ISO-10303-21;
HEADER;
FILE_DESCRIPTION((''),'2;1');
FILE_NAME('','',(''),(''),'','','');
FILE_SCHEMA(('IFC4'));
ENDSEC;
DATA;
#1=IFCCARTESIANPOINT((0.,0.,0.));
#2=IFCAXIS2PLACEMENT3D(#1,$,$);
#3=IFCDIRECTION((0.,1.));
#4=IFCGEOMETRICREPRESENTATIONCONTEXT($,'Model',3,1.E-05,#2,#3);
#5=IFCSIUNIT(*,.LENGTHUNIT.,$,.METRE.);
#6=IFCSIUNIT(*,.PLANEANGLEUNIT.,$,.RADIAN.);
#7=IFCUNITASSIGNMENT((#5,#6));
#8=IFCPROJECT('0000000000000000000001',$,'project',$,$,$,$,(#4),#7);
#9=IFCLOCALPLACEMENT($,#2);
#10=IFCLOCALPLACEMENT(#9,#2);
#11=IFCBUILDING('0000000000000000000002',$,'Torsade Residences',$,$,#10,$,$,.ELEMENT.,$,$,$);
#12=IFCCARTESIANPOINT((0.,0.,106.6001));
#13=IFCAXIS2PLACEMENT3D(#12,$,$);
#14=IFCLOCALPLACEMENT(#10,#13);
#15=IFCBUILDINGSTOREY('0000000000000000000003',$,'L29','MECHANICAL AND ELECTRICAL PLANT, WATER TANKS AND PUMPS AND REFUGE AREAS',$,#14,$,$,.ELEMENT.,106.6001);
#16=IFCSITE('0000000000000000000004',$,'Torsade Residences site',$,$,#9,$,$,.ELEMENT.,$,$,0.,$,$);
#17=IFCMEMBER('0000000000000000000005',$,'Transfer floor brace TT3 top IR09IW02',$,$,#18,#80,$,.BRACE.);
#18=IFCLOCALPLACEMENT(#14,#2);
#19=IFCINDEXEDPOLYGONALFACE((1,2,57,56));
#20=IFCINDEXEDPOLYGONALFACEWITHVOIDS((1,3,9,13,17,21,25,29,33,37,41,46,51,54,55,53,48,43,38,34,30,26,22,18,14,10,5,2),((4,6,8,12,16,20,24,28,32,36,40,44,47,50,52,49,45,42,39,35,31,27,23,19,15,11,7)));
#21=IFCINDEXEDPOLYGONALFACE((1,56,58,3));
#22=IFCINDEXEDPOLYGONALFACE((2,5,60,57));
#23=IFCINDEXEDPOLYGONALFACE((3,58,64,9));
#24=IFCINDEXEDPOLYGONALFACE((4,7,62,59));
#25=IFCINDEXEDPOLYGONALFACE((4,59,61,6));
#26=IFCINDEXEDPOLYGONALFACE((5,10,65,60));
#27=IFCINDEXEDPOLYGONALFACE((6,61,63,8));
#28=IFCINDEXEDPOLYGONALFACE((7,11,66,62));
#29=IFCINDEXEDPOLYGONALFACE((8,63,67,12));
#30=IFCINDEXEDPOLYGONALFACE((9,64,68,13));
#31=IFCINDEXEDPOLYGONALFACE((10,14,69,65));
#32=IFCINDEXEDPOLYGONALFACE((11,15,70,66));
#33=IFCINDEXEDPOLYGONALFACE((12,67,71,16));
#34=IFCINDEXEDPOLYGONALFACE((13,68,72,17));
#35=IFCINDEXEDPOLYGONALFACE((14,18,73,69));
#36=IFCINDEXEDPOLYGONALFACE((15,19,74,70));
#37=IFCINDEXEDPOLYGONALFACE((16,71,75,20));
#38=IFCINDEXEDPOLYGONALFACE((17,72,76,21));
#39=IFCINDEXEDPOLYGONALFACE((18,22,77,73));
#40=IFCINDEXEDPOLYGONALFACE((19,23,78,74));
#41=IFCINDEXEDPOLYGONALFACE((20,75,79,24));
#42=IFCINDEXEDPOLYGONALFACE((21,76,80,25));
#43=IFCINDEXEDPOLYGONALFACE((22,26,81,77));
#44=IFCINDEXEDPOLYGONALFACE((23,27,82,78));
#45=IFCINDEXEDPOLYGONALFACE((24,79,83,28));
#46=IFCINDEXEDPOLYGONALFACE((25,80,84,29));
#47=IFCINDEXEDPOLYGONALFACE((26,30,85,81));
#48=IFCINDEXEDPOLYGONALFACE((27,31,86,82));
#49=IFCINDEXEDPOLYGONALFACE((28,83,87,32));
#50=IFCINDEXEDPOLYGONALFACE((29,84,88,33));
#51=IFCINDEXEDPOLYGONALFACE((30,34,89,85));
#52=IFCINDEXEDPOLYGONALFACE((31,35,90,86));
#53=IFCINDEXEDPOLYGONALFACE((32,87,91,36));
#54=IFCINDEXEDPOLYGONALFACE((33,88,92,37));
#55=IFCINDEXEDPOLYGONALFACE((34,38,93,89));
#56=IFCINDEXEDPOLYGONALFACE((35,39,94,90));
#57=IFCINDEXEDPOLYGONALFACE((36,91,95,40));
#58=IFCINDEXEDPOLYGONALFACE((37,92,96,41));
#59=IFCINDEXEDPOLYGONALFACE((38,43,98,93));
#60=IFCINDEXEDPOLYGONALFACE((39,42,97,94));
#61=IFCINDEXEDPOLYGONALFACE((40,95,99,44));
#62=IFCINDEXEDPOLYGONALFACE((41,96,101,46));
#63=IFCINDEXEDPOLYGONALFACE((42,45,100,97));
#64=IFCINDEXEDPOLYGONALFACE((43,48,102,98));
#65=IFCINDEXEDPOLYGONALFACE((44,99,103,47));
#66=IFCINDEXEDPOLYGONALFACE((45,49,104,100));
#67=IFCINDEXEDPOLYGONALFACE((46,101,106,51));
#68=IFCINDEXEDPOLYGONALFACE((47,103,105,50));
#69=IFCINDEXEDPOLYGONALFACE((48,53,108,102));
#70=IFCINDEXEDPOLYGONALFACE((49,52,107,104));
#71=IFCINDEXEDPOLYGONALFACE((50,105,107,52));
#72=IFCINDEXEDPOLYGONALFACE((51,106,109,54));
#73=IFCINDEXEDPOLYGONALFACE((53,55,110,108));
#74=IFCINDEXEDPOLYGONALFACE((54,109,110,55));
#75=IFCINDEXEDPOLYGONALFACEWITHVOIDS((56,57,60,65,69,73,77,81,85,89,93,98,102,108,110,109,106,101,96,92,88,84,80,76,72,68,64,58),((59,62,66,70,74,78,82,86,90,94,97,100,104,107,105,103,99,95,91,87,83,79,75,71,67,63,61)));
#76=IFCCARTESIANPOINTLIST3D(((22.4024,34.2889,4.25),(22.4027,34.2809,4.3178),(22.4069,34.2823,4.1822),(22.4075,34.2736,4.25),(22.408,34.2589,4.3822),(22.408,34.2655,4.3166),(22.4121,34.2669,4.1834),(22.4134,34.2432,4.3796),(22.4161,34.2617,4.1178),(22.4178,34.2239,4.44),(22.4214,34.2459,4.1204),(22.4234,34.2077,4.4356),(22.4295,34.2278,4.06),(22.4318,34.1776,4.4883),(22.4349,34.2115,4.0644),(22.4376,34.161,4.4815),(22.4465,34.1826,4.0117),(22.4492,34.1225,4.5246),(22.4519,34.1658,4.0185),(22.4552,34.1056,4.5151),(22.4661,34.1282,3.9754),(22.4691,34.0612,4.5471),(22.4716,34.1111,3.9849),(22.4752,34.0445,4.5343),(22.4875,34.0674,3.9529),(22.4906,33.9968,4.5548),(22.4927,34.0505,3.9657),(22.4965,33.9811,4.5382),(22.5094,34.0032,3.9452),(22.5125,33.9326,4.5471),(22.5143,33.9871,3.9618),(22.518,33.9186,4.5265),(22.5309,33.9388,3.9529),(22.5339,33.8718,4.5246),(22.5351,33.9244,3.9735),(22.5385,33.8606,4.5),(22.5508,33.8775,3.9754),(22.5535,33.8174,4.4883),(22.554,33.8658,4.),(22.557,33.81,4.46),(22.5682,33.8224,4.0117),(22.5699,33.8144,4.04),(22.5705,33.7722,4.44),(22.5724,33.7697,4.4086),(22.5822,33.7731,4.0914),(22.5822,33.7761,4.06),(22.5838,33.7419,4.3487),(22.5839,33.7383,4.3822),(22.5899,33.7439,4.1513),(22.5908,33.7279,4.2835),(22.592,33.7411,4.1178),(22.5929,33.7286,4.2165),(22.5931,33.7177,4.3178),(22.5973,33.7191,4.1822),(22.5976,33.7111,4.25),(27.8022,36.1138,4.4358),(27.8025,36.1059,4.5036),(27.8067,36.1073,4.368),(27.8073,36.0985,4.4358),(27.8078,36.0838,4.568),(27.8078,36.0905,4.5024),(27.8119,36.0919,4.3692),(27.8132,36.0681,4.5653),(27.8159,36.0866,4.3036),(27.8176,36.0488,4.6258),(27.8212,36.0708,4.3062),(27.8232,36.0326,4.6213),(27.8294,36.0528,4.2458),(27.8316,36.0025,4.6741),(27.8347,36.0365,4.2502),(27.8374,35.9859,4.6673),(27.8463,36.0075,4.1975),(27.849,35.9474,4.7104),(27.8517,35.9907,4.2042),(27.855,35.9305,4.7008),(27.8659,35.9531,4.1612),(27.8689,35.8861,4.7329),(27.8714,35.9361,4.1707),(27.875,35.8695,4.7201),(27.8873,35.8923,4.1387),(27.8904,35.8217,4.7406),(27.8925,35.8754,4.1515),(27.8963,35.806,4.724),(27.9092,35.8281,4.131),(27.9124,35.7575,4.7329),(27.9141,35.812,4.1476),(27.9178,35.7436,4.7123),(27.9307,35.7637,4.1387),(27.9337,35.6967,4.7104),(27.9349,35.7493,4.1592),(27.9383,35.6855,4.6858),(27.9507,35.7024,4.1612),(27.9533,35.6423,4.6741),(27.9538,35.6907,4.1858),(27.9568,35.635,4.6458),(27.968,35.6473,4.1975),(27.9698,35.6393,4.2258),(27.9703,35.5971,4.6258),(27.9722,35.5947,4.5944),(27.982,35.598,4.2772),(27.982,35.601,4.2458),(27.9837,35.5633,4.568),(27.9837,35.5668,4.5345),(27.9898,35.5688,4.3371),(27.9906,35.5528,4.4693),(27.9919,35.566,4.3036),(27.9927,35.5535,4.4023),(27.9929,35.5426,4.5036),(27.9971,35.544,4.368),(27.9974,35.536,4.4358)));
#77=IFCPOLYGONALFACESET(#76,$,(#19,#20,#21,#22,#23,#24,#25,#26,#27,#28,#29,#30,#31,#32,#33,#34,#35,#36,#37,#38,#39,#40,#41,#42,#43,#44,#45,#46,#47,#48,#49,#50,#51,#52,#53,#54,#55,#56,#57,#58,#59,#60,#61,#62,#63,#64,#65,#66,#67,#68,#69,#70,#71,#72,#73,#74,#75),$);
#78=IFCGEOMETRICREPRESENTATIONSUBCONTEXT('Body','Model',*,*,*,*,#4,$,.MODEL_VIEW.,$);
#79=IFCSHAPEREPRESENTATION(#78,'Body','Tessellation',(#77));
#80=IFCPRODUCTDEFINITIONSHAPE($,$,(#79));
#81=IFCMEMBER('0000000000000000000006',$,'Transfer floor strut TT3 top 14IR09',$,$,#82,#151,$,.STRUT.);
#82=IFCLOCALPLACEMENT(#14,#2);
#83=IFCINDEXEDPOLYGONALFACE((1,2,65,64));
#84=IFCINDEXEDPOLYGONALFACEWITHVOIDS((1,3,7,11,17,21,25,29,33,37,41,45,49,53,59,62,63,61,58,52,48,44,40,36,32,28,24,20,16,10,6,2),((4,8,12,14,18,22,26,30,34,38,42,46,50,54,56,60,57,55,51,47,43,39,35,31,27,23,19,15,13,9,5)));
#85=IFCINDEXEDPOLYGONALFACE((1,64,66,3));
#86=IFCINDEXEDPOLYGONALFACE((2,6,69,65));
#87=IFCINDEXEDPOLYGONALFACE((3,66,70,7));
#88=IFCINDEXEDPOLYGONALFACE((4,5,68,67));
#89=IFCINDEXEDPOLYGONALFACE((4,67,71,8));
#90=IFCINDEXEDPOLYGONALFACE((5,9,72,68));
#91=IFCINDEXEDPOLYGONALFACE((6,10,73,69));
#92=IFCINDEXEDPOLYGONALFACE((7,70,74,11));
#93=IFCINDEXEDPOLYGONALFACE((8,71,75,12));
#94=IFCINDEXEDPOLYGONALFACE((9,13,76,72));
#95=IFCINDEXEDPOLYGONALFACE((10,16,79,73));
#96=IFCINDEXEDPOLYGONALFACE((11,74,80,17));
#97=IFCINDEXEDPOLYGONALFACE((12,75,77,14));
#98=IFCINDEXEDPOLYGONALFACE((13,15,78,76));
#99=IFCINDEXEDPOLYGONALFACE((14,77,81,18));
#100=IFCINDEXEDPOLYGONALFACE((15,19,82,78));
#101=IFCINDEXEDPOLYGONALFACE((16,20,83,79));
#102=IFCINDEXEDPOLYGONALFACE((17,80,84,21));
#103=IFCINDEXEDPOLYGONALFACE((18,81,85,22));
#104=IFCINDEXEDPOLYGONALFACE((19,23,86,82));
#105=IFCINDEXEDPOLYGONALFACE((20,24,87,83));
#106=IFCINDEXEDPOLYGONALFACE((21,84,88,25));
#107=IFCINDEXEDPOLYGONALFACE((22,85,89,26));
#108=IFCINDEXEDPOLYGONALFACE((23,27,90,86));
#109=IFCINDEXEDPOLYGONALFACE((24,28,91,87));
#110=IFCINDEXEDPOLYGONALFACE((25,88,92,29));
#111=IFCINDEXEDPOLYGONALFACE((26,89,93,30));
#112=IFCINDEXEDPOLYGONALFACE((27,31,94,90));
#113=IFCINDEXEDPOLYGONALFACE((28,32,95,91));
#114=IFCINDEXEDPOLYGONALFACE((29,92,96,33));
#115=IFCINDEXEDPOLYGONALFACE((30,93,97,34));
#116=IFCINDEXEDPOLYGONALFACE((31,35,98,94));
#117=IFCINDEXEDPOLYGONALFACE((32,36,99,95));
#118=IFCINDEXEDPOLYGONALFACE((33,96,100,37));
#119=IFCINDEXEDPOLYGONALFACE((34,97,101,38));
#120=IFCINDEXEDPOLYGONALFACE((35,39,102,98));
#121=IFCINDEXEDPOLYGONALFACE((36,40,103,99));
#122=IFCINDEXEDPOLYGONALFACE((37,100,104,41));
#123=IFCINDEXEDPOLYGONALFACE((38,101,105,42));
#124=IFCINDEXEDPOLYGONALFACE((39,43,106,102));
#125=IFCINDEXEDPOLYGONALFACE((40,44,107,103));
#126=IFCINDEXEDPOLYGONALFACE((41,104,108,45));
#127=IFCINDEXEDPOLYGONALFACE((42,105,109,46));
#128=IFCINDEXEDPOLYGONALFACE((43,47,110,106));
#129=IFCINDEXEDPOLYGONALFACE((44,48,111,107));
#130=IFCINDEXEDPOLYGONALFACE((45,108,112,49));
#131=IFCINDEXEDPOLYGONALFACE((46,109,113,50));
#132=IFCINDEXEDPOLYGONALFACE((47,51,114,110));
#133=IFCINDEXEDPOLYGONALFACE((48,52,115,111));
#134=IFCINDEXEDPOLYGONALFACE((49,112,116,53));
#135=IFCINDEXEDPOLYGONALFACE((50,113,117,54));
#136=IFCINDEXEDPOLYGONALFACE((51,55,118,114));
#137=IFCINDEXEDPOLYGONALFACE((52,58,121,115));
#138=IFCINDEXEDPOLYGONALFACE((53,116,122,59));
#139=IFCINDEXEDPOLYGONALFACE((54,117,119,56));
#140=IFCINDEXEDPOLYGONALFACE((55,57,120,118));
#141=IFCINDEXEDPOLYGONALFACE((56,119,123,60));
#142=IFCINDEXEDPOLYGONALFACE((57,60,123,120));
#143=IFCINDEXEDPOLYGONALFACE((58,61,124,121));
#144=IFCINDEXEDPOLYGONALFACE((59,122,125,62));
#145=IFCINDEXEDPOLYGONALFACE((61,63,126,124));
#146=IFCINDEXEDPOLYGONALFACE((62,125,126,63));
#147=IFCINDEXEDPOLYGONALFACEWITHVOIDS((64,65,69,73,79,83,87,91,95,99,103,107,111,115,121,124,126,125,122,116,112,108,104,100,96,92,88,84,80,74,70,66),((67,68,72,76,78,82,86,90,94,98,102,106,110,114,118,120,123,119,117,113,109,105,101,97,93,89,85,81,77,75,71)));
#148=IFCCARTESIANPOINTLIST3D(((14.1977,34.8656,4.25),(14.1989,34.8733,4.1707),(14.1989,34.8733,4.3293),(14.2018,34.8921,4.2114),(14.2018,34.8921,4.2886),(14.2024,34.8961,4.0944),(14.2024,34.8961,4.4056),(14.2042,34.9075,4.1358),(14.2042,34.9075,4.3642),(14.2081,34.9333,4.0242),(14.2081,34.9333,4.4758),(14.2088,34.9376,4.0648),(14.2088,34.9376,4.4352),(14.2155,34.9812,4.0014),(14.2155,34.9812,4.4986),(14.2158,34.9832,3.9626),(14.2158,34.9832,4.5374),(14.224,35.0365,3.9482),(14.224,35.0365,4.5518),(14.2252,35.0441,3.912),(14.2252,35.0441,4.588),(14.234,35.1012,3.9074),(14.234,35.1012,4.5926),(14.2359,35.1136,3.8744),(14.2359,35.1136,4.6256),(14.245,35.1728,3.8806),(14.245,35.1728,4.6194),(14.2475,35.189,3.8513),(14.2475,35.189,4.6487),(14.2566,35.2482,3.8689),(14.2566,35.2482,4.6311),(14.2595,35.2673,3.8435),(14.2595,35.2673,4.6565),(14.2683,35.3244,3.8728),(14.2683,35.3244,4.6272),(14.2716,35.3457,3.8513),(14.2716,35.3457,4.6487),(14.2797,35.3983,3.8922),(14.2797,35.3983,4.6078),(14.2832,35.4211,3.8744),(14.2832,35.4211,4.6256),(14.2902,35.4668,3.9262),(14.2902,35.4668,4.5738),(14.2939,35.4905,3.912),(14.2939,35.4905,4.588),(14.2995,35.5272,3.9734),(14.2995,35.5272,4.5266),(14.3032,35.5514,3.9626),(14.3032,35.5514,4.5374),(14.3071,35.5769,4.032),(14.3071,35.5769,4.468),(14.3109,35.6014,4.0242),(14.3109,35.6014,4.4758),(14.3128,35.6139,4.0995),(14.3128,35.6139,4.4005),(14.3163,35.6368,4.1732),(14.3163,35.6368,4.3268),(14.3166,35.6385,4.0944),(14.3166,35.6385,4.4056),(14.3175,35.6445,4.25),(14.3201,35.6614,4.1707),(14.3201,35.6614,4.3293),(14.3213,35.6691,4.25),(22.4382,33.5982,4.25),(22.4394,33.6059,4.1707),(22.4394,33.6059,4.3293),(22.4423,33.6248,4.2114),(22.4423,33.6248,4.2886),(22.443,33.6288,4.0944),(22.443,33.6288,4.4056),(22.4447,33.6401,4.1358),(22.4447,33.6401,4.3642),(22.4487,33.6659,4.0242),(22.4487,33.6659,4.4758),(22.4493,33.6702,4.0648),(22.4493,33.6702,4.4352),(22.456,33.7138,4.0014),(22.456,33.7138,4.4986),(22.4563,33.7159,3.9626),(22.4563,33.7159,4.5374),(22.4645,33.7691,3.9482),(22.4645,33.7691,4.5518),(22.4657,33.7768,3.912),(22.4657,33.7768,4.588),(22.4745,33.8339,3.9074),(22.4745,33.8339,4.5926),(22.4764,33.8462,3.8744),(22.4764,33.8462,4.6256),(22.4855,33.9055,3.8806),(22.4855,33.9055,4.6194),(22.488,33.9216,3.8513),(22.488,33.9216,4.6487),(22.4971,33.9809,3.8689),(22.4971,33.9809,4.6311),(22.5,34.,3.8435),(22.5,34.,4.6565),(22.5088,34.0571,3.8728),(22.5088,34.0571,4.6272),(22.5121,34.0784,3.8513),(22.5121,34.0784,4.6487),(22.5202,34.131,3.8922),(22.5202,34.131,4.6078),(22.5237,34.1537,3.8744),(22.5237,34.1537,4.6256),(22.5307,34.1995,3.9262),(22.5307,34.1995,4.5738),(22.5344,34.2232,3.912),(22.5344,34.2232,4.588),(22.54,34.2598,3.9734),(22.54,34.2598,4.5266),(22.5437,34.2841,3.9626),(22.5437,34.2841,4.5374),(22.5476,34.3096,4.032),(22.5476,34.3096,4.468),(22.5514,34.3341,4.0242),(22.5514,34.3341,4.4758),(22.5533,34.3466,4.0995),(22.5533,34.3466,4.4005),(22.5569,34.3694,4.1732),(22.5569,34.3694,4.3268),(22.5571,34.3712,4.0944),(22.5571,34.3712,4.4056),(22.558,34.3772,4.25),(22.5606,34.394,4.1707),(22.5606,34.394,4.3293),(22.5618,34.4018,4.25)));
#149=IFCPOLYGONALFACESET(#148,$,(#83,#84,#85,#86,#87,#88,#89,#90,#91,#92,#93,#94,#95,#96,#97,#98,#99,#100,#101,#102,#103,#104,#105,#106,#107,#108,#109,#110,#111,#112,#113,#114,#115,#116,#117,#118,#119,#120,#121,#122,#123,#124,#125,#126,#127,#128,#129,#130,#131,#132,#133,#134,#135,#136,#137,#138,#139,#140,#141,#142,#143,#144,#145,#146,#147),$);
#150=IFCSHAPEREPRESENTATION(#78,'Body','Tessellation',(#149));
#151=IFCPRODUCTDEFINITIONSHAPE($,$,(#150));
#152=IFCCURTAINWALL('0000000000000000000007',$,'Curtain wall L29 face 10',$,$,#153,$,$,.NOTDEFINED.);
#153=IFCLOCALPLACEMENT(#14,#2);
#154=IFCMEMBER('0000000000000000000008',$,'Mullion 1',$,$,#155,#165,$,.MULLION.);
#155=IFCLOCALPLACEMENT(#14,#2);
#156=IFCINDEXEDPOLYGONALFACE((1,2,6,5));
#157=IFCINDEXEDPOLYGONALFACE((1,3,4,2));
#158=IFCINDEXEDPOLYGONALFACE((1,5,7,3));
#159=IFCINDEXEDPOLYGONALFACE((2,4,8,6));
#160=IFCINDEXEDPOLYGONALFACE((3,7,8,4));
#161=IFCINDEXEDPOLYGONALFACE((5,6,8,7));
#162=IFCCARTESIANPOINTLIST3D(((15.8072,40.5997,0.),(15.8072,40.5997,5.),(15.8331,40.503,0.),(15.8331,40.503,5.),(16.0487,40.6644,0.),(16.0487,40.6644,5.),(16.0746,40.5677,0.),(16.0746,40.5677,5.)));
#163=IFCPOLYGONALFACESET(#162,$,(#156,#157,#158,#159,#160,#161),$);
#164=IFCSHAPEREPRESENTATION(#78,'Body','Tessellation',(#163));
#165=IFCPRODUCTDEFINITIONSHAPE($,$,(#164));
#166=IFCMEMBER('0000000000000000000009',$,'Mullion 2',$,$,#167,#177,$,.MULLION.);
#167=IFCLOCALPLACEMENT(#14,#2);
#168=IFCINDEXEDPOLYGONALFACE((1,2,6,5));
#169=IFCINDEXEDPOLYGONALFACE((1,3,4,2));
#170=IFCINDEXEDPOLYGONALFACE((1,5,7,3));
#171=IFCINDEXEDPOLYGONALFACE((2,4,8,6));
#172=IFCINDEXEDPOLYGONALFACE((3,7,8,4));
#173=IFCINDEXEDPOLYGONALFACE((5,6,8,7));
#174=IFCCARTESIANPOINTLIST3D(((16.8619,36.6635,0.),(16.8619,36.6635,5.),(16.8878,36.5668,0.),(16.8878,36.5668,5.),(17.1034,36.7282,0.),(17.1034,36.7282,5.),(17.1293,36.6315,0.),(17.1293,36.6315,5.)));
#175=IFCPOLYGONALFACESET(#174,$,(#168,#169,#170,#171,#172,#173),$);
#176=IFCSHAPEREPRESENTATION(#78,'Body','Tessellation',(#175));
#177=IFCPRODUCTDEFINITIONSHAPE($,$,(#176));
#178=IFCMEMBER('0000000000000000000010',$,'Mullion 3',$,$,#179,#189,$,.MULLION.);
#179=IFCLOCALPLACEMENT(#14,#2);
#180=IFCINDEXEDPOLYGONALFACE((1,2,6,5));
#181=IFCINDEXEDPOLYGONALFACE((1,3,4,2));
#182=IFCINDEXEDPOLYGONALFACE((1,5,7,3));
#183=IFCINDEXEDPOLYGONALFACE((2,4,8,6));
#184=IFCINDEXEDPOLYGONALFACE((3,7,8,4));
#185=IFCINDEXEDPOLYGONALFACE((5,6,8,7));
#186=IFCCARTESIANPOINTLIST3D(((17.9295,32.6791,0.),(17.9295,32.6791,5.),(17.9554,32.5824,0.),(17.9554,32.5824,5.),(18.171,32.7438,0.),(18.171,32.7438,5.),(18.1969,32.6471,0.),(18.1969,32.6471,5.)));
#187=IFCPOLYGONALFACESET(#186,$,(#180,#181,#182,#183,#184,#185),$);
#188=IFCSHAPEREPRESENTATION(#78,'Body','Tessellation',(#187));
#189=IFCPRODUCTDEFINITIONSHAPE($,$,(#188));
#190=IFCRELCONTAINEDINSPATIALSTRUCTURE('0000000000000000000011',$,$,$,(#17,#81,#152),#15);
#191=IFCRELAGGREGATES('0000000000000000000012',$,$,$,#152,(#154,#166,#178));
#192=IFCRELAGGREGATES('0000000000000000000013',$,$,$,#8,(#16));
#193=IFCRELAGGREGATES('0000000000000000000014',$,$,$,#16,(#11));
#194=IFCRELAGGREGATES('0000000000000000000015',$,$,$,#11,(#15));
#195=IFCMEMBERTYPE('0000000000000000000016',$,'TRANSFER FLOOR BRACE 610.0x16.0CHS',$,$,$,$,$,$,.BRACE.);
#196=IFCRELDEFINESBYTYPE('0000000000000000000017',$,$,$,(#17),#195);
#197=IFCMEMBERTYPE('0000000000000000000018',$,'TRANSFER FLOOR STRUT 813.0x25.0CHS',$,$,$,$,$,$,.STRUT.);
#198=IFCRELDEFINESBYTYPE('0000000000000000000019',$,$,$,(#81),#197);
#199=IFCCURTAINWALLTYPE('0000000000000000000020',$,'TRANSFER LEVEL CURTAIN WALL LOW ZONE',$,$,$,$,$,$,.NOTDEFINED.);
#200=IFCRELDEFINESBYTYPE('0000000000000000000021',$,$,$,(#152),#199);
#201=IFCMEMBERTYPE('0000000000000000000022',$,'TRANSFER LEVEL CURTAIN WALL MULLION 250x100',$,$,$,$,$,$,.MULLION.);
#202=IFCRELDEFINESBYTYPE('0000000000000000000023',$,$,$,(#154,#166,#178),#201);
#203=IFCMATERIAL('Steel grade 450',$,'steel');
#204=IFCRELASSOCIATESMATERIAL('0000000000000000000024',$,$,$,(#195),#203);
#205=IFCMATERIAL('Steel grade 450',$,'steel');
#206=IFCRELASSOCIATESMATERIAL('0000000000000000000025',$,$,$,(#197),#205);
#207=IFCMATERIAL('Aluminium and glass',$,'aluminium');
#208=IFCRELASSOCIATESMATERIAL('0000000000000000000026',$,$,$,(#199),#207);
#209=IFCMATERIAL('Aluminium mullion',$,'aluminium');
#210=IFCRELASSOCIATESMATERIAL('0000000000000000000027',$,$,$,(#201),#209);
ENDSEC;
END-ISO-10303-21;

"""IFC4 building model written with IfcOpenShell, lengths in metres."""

from ifc_helpers import new_model, si_unit, direction, frame, origin, origin_2d, place, context, subcontext, project, spatial, rectangle, hollow_circle, extrude, material, material_profile, profile_set, type_object, element, aggregate, save


model = new_model("IFC4")

# Units and contexts
model_context = context("Model", 3, precision=1e-05, world=origin(), true_north=direction((0.0, 1.0)))
body_context = subcontext(model_context, "Body", "Model", "MODEL_VIEW")
ifc_project = project(units=[si_unit("LENGTHUNIT", "METRE"), si_unit("PLANEANGLEUNIT", "RADIAN")], contexts=[model_context])

# Site, building, storey
site_placement = place(None, origin())
site = spatial("IfcSite", under=ifc_project, at=site_placement, Name="Torsade Residences site", CompositionType="ELEMENT", RefElevation=0.0)
building_placement = place(site_placement, origin())
building = spatial("IfcBuilding", under=site, at=building_placement, Name="Torsade Residences", CompositionType="ELEMENT")
storey_placement = place(building_placement, frame((0.0, 0.0, 106.6001)))
storey = spatial("IfcBuildingStorey", under=building, at=storey_placement, Name="L29", Description="MECHANICAL AND ELECTRICAL PLANT, WATER TANKS AND PUMPS AND REFUGE AREAS", CompositionType="ELEMENT", Elevation=106.6001)

# Members
ifc_material_1 = material(Name="Steel grade 450", Category="steel")
ifc_material_profile_1 = material_profile(ifc_material_1, hollow_circle(Radius=0.3049, WallThickness=0.0161, at=origin_2d()), Name="610.0x16.0CHS")
ifc_profile_set_1 = profile_set([ifc_material_profile_1], Name="Steel grade 450")
member_type_1 = type_object("IfcMemberType", Name="TRANSFER FLOOR BRACE 610.0x16.0CHS", PredefinedType="BRACE", material=ifc_profile_set_1)
member_1_placement = place(storey_placement, frame((22.5, 34.0, 4.25), z_axis=(0.946857, 0.32, 0.032578), x_axis=(-0.32017, 0.94736, 0.0)))
element("IfcMember", 1, at=member_1_placement, inside=storey, type_object=member_type_1, Name="Transfer floor brace TT3 top IR09IW02", PredefinedType="BRACE", context=body_context, shape_type="SweptSolid", body=[
    extrude(hollow_circle(Radius=0.3049, WallThickness=0.0161, at=origin_2d()), origin(), (0.0, 0.0, 1.0), 5.7029),
])
ifc_material_2 = material(Name="Steel grade 450", Category="steel")
ifc_material_profile_2 = material_profile(ifc_material_2, hollow_circle(Radius=0.4065, WallThickness=0.0249, at=origin_2d()), Name="813.0x25.0CHS")
ifc_profile_set_2 = profile_set([ifc_material_profile_2], Name="Steel grade 450")
member_type_2 = type_object("IfcMemberType", Name="TRANSFER FLOOR STRUT 813.0x25.0CHS", PredefinedType="STRUT", material=ifc_profile_set_2)
member_2_placement = place(storey_placement, frame((14.2595, 35.2673, 4.25), z_axis=(0.988379, -0.152007, 0.0), x_axis=(0.152007, 0.988379, 0.0)))
element("IfcMember", 2, at=member_2_placement, inside=storey, type_object=member_type_2, Name="Transfer floor strut TT3 top 14IR09", PredefinedType="STRUT", context=body_context, shape_type="SweptSolid", body=[
    extrude(hollow_circle(Radius=0.4065, WallThickness=0.0249, at=origin_2d()), origin(), (0.0, 0.0, 1.0), 8.3374),
])

# Curtain wall, members
ifc_material_3 = material(Name="Aluminium and glass", Category="aluminium")
curtain_wall_type = type_object("IfcCurtainWallType", Name="TRANSFER LEVEL CURTAIN WALL LOW ZONE", PredefinedType="NOTDEFINED", material=ifc_material_3)
curtain_wall_placement = place(storey_placement, origin())
curtain_wall = element("IfcCurtainWall", 3, at=curtain_wall_placement, inside=storey, type_object=curtain_wall_type, Name="Curtain wall L29 face 10", PredefinedType="NOTDEFINED")
ifc_material_4 = material(Name="Aluminium mullion", Category="aluminium")
ifc_material_profile_3 = material_profile(ifc_material_4, rectangle(XDim=0.25, YDim=0.1001, at=origin_2d()), Name="TRANSFER LEVEL CURTAIN WALL MULLION 250x100")
ifc_profile_set_3 = profile_set([ifc_material_profile_3], Name="Aluminium mullion")
member_type_3 = type_object("IfcMemberType", Name="TRANSFER LEVEL CURTAIN WALL MULLION 250x100", PredefinedType="MULLION", material=ifc_profile_set_3)
member_3_placement = place(storey_placement, frame((15.9409, 40.5837, 0.0), z_axis=(0.0, 0.0, 1.0), x_axis=(0.965926, 0.258819, 0.0)))
member_3 = element("IfcMember", 4, at=member_3_placement, type_object=member_type_3, Name="Mullion 1", PredefinedType="MULLION", context=body_context, shape_type="SweptSolid", body=[
    extrude(rectangle(XDim=0.25, YDim=0.1001, at=origin_2d()), origin(), (0.0, 0.0, 1.0), 5.0),
])
member_4_placement = place(storey_placement, frame((16.9956, 36.6475, 0.0), z_axis=(0.0, 0.0, 1.0), x_axis=(0.965926, 0.258819, 0.0)))
member_4 = element("IfcMember", 5, at=member_4_placement, type_object=member_type_3, Name="Mullion 2", PredefinedType="MULLION", context=body_context, shape_type="SweptSolid", body=[
    extrude(rectangle(XDim=0.25, YDim=0.1001, at=origin_2d()), origin(), (0.0, 0.0, 1.0), 5.0),
])
member_5_placement = place(storey_placement, frame((18.0632, 32.6631, 0.0), z_axis=(0.0, 0.0, 1.0), x_axis=(0.965926, 0.258819, 0.0)))
member_5 = element("IfcMember", 6, at=member_5_placement, type_object=member_type_3, Name="Mullion 3", PredefinedType="MULLION", context=body_context, shape_type="SweptSolid", body=[
    extrude(rectangle(XDim=0.25, YDim=0.1001, at=origin_2d()), origin(), (0.0, 0.0, 1.0), 5.0),
])

aggregate(curtain_wall, [member_3, member_4, member_5])

save(model, "model.ifc")
